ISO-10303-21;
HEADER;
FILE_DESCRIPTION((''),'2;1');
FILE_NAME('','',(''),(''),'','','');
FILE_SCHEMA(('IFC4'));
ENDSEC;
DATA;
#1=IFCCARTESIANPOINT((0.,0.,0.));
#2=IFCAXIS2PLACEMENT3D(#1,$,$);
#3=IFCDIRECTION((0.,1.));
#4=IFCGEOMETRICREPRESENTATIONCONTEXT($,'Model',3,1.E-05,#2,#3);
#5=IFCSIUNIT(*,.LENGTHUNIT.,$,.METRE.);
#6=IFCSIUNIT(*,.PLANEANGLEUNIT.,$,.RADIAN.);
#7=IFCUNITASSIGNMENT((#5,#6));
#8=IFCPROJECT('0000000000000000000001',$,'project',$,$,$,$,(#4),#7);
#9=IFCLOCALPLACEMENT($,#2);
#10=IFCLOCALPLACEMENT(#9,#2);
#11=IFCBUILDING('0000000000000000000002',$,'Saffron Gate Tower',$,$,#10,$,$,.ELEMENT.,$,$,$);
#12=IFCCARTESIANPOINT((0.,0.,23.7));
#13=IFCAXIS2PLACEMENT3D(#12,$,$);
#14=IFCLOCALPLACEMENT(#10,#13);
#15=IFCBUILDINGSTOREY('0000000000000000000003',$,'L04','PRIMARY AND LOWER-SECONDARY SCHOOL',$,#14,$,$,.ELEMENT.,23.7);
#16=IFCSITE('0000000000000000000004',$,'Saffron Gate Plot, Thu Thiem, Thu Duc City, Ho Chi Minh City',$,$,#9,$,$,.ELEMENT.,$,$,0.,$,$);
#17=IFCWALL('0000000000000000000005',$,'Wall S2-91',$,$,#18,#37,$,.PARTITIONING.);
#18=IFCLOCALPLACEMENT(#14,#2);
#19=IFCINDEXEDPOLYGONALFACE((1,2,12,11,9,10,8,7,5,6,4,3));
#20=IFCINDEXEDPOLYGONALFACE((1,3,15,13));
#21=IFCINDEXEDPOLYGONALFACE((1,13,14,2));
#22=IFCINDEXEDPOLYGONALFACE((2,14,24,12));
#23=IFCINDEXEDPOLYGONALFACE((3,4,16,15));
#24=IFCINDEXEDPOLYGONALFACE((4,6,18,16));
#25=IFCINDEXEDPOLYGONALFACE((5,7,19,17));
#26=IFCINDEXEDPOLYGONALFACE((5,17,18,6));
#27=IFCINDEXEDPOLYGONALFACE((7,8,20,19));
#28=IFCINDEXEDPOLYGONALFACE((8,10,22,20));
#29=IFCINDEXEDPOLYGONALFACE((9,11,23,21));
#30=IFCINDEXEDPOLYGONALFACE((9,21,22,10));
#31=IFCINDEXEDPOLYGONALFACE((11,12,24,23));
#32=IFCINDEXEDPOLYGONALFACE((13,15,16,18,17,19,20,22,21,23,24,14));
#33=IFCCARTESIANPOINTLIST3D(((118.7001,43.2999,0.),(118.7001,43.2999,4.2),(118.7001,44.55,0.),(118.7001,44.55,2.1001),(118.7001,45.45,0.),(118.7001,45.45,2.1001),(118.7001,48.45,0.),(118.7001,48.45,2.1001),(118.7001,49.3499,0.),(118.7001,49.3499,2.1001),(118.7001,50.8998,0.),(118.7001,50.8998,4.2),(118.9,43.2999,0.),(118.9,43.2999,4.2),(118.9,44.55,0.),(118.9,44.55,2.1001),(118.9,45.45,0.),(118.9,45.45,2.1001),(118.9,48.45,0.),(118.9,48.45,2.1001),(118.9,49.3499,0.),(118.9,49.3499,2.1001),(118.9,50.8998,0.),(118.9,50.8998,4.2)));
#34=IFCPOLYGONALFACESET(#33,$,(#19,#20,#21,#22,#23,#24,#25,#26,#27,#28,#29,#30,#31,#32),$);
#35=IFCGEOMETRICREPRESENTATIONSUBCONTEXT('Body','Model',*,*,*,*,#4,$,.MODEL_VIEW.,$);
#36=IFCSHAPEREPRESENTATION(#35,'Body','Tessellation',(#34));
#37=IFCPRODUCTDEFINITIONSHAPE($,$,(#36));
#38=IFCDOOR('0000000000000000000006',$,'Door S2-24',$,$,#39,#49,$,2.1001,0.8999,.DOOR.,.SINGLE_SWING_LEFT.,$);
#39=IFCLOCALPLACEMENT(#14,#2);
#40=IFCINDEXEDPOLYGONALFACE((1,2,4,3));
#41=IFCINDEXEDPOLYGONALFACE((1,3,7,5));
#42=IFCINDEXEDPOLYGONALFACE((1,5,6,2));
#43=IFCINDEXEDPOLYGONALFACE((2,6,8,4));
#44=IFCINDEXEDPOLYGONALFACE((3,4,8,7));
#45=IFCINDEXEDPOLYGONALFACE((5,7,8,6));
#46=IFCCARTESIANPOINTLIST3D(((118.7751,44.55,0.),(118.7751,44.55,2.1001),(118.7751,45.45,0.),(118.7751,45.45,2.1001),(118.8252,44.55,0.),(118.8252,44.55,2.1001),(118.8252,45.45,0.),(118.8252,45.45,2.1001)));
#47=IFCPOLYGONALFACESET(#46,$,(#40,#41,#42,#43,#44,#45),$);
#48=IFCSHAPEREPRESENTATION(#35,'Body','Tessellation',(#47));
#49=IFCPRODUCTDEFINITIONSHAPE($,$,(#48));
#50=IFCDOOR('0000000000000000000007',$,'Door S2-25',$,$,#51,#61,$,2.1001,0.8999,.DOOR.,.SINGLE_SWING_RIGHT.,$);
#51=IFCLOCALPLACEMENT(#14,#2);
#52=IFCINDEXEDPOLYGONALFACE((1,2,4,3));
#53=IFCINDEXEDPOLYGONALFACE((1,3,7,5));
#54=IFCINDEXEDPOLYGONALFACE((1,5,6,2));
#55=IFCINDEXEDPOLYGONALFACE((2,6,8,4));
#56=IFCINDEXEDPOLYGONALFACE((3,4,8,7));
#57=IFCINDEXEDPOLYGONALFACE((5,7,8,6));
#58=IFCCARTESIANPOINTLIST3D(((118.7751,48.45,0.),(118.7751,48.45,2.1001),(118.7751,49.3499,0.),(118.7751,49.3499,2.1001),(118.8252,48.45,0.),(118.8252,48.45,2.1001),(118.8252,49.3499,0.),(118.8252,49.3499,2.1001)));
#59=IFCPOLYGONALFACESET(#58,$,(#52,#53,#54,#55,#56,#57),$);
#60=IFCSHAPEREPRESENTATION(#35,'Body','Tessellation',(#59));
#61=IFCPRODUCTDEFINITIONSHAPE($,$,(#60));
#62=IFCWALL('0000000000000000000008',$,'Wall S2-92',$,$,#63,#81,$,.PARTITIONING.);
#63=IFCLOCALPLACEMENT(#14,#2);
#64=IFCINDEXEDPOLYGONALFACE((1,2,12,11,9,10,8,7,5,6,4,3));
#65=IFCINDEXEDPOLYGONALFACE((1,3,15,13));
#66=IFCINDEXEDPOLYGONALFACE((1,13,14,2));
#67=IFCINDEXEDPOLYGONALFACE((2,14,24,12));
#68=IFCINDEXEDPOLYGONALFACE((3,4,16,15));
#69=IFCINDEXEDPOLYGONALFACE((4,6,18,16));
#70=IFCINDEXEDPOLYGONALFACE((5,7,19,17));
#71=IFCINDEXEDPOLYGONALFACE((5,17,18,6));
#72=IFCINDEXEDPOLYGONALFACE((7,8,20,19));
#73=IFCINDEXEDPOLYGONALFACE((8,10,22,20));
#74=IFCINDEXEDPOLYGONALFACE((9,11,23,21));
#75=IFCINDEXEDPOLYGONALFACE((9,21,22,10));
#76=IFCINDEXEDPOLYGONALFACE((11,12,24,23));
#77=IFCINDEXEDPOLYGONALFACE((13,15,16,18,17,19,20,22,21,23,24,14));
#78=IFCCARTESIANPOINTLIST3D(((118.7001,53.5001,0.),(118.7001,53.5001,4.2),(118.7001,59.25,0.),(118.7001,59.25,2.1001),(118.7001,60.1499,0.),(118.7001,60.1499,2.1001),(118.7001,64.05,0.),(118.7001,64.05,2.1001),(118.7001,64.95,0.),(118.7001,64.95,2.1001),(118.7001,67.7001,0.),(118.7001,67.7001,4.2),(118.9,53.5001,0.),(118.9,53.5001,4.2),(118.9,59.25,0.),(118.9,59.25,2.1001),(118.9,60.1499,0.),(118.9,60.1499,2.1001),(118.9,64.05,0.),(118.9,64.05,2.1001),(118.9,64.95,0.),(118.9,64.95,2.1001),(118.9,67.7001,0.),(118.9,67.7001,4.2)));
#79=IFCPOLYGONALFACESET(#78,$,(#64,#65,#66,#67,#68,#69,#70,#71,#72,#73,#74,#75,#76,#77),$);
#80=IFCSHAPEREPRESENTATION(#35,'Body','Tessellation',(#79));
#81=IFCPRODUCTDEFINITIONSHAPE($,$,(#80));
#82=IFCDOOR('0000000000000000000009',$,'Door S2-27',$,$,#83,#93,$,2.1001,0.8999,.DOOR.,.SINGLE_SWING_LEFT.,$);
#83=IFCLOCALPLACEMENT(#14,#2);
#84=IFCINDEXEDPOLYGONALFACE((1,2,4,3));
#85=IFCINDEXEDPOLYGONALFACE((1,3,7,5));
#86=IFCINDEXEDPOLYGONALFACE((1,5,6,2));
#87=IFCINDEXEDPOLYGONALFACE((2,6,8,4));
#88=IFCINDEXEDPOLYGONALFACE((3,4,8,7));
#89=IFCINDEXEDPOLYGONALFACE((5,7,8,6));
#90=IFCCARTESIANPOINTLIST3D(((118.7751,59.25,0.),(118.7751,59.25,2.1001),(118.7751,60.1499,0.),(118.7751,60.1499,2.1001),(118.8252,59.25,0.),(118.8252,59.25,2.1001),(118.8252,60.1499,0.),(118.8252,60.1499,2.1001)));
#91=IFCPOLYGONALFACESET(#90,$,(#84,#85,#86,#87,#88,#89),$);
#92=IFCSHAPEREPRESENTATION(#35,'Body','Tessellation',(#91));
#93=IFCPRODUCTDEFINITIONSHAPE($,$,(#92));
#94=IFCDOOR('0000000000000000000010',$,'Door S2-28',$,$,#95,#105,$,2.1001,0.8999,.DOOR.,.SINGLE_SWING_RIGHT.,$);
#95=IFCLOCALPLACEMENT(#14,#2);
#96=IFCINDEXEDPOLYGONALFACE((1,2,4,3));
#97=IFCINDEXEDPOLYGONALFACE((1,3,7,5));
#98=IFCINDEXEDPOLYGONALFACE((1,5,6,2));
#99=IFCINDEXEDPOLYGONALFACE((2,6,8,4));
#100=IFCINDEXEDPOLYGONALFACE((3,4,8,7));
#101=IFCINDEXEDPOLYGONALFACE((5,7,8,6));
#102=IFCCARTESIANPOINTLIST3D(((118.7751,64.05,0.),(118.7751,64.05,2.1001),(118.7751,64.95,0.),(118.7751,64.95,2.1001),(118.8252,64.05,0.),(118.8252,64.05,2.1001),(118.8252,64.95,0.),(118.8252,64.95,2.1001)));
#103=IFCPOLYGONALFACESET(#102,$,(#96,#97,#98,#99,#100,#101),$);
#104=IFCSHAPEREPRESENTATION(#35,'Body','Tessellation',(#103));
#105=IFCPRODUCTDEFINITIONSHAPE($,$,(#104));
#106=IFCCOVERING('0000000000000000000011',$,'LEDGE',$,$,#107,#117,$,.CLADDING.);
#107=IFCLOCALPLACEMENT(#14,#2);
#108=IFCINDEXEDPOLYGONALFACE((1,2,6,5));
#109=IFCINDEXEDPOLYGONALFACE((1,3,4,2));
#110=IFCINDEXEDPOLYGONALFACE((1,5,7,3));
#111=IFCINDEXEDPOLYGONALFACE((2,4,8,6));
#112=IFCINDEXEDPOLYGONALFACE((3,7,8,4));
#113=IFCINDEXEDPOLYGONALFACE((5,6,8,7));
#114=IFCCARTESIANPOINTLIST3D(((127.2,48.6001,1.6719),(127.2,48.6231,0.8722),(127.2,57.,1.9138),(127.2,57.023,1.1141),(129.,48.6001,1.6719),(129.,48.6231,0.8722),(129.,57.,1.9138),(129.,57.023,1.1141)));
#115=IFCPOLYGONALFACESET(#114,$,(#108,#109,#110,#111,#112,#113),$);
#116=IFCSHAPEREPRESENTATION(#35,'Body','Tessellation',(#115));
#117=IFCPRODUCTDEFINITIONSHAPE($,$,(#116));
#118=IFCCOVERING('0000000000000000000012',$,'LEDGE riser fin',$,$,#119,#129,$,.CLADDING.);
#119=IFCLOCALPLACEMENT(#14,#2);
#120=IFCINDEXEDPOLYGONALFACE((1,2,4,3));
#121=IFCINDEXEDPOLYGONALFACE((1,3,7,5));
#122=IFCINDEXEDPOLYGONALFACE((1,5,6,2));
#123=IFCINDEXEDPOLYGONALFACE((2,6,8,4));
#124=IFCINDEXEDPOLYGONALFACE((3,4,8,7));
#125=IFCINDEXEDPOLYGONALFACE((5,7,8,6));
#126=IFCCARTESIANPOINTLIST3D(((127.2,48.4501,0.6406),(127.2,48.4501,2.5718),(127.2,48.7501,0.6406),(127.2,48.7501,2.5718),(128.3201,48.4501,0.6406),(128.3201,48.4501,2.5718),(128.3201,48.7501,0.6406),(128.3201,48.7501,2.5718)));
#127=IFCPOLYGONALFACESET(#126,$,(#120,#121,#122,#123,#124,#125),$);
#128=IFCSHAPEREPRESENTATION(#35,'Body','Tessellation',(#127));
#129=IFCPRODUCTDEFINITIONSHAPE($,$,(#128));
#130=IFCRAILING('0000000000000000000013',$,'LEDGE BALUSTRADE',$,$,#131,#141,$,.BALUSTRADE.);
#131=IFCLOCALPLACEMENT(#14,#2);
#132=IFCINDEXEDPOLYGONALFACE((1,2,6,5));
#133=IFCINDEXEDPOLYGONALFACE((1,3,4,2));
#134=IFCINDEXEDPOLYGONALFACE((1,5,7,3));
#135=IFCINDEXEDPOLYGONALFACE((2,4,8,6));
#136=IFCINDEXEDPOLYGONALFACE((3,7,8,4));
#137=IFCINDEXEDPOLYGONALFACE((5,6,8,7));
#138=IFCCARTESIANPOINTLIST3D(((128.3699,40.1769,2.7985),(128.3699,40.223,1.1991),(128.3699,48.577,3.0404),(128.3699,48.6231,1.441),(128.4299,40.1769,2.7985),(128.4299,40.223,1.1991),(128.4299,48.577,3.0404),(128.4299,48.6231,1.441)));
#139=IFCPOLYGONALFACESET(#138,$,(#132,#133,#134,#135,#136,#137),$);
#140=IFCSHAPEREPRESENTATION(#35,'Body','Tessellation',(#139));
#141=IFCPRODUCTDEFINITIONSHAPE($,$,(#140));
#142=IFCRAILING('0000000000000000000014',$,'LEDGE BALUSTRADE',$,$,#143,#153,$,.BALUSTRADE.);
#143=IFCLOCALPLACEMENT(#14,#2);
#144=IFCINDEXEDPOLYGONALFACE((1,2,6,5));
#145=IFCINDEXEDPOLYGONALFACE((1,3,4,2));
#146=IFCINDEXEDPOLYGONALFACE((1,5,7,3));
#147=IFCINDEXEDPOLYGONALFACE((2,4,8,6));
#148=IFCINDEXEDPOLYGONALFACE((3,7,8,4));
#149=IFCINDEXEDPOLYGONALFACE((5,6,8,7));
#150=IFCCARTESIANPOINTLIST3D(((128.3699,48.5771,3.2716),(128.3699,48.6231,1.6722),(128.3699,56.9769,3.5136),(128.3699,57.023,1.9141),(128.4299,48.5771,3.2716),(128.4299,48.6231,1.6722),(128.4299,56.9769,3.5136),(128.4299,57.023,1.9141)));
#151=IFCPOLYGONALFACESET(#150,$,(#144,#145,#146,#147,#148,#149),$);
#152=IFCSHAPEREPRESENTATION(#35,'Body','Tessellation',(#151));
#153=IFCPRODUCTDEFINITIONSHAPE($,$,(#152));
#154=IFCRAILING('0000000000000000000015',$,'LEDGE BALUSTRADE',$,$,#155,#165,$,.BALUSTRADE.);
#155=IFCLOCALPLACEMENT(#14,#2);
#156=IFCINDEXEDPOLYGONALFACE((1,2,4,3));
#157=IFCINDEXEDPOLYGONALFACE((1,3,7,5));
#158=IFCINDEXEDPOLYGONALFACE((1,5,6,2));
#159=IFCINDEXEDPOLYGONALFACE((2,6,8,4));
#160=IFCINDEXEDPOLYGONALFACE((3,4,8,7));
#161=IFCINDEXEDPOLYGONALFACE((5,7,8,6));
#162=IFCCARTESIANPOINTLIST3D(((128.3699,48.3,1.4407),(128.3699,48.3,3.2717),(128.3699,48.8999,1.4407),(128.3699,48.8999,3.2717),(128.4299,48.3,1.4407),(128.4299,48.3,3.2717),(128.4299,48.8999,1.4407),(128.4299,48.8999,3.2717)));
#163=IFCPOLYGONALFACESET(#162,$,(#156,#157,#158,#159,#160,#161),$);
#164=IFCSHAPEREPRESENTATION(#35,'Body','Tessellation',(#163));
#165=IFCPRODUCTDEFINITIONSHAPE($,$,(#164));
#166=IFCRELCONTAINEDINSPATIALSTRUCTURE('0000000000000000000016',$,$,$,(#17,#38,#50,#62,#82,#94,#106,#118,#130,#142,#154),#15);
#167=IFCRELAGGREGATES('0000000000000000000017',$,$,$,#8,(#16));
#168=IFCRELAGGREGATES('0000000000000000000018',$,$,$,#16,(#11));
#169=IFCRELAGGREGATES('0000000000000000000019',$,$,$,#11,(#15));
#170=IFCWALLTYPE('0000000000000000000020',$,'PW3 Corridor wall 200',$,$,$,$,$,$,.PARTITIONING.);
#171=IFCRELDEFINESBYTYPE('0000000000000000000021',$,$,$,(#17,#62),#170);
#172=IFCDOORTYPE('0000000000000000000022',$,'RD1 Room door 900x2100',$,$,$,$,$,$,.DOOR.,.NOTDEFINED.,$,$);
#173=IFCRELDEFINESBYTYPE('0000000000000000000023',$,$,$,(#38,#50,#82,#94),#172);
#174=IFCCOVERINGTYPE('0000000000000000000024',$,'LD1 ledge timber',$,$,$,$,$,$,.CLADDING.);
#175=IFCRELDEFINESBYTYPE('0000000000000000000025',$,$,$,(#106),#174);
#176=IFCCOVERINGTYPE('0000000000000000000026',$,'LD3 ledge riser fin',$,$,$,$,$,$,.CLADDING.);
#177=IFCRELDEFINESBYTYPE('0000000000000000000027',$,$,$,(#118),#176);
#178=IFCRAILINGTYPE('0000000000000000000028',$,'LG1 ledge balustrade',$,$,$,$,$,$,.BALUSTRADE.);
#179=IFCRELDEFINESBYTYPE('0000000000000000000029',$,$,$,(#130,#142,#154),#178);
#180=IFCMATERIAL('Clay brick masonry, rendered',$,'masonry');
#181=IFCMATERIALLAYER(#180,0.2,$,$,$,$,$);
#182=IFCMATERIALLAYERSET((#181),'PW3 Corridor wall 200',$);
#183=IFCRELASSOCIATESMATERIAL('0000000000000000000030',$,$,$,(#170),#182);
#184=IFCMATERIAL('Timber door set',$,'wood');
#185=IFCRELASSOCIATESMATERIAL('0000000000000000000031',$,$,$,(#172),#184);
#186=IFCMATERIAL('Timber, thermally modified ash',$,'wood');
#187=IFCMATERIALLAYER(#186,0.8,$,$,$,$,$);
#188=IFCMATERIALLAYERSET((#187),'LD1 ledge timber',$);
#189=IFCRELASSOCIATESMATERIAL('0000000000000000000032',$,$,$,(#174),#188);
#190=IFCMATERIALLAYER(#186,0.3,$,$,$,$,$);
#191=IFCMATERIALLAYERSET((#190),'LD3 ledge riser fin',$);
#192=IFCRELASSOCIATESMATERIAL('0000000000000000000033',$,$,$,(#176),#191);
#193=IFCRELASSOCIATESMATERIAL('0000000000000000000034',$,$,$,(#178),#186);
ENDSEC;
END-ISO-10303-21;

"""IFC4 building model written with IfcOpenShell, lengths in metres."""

from ifc_helpers import new_model, si_unit, direction, frame, frame_2d, origin, origin_2d, place, context, subcontext, project, spatial, polyline, rectangle, outline, extrude, material, layer, layer_set, type_object, element, fill, save


model = new_model("IFC4")

# Units and contexts
model_context = context("Model", 3, precision=1e-05, world=origin(), true_north=direction((0.0, 1.0)))
body_context = subcontext(model_context, "Body", "Model", "MODEL_VIEW")
ifc_project = project(units=[si_unit("LENGTHUNIT", "METRE"), si_unit("PLANEANGLEUNIT", "RADIAN")], contexts=[model_context])

# Site, building, storey
site_placement = place(None, origin())
site = spatial("IfcSite", under=ifc_project, at=site_placement, Name="Saffron Gate Plot, Thu Thiem, Thu Duc City, Ho Chi Minh City", CompositionType="ELEMENT", RefElevation=0.0)
building_placement = place(site_placement, origin())
building = spatial("IfcBuilding", under=site, at=building_placement, Name="Saffron Gate Tower", CompositionType="ELEMENT")
storey_placement = place(building_placement, frame((0.0, 0.0, 23.7)))
storey = spatial("IfcBuildingStorey", under=building, at=storey_placement, Name="L04", Description="PRIMARY AND LOWER-SECONDARY SCHOOL", CompositionType="ELEMENT", Elevation=23.7)

# Shared definitions
ifc_material_1 = material(Name="Clay brick masonry, rendered", Category="masonry")
ifc_layer_1 = layer(ifc_material_1, 0.2)
ifc_layer_set_1 = layer_set([ifc_layer_1], Name="PW3 Corridor wall 200")
wall_type = type_object("IfcWallType", Name="PW3 Corridor wall 200", PredefinedType="PARTITIONING", material=ifc_layer_set_1)

# Walls, openings, doors
wall_1_placement = place(storey_placement, frame((118.8, 43.3, 0.0), z_axis=(0.0, 0.0, 1.0), x_axis=(0.0, 1.0, 0.0)))
wall_1 = element("IfcWall", 1, at=wall_1_placement, inside=storey, type_object=wall_type, Name="Wall S2-91", PredefinedType="PARTITIONING", context=body_context, shape_type="SweptSolid", body=[
    extrude(rectangle(XDim=7.5999, YDim=0.2, at=frame_2d((3.7998, 0.0))), origin(), (0.0, 0.0, 1.0), 4.2),
])
opening_1_placement = place(wall_1_placement, frame((1.25, 0.0, 0.0)))
opening_1 = element("IfcOpeningElement", 2, at=opening_1_placement, cuts=wall_1, PredefinedType="OPENING", context=body_context, shape_type="SweptSolid", body=[
    extrude(rectangle(XDim=0.8999, YDim=2.1001, at=frame_2d((0.45, 1.05))), frame((0.0, 0.1099, 0.0), z_axis=(0.0, -1.0, 0.0), x_axis=(1.0, 0.0, 0.0)), (0.0, 0.0, 1.0), 0.22),
])
opening_2_placement = place(wall_1_placement, frame((5.1499, 0.0, 0.0)))
opening_2 = element("IfcOpeningElement", 3, at=opening_2_placement, cuts=wall_1, PredefinedType="OPENING", context=body_context, shape_type="SweptSolid", body=[
    extrude(rectangle(XDim=0.8999, YDim=2.1001, at=frame_2d((0.45, 1.05))), frame((0.0, 0.1099, 0.0), z_axis=(0.0, -1.0, 0.0), x_axis=(1.0, 0.0, 0.0)), (0.0, 0.0, 1.0), 0.22),
])
ifc_material_2 = material(Name="Timber door set", Category="wood")
door_type = type_object("IfcDoorType", Name="RD1 Room door 900x2100", OperationType="NOTDEFINED", PredefinedType="DOOR", material=ifc_material_2)
door_1_placement = place(opening_1_placement, origin())
door_1 = element("IfcDoor", 4, at=door_1_placement, inside=storey, type_object=door_type, Name="Door S2-24", OperationType="SINGLE_SWING_LEFT", OverallHeight=2.1001, OverallWidth=0.8999, PredefinedType="DOOR", context=body_context, shape_type="SweptSolid", body=[
    extrude(rectangle(XDim=0.8999, YDim=2.1001, at=frame_2d((0.45, 1.05))), frame((0.0, 0.0249, 0.0), z_axis=(0.0, -1.0, 0.0), x_axis=(1.0, 0.0, 0.0)), (0.0, 0.0, 1.0), 0.05),
])
fill(opening_1, door_1)
door_2_placement = place(opening_2_placement, origin())
door_2 = element("IfcDoor", 5, at=door_2_placement, inside=storey, type_object=door_type, Name="Door S2-25", OperationType="SINGLE_SWING_RIGHT", OverallHeight=2.1001, OverallWidth=0.8999, PredefinedType="DOOR", context=body_context, shape_type="SweptSolid", body=[
    extrude(rectangle(XDim=0.8999, YDim=2.1001, at=frame_2d((0.45, 1.05))), frame((0.0, 0.0249, 0.0), z_axis=(0.0, -1.0, 0.0), x_axis=(1.0, 0.0, 0.0)), (0.0, 0.0, 1.0), 0.05),
])
fill(opening_2, door_2)
wall_2_placement = place(storey_placement, frame((118.8, 53.5, 0.0), z_axis=(0.0, 0.0, 1.0), x_axis=(0.0, 1.0, 0.0)))
wall_2 = element("IfcWall", 6, at=wall_2_placement, inside=storey, type_object=wall_type, Name="Wall S2-92", PredefinedType="PARTITIONING", context=body_context, shape_type="SweptSolid", body=[
    extrude(rectangle(XDim=14.2, YDim=0.2, at=frame_2d((7.1001, 0.0))), origin(), (0.0, 0.0, 1.0), 4.2),
])
opening_3_placement = place(wall_2_placement, frame((5.75, 0.0, 0.0)))
opening_3 = element("IfcOpeningElement", 7, at=opening_3_placement, cuts=wall_2, PredefinedType="OPENING", context=body_context, shape_type="SweptSolid", body=[
    extrude(rectangle(XDim=0.8999, YDim=2.1001, at=frame_2d((0.45, 1.05))), frame((0.0, 0.1099, 0.0), z_axis=(0.0, -1.0, 0.0), x_axis=(1.0, 0.0, 0.0)), (0.0, 0.0, 1.0), 0.22),
])
opening_4_placement = place(wall_2_placement, frame((10.55, 0.0, 0.0)))
opening_4 = element("IfcOpeningElement", 8, at=opening_4_placement, cuts=wall_2, PredefinedType="OPENING", context=body_context, shape_type="SweptSolid", body=[
    extrude(rectangle(XDim=0.8999, YDim=2.1001, at=frame_2d((0.45, 1.05))), frame((0.0, 0.1099, 0.0), z_axis=(0.0, -1.0, 0.0), x_axis=(1.0, 0.0, 0.0)), (0.0, 0.0, 1.0), 0.22),
])
door_3_placement = place(opening_3_placement, origin())
door_3 = element("IfcDoor", 9, at=door_3_placement, inside=storey, type_object=door_type, Name="Door S2-27", OperationType="SINGLE_SWING_LEFT", OverallHeight=2.1001, OverallWidth=0.8999, PredefinedType="DOOR", context=body_context, shape_type="SweptSolid", body=[
    extrude(rectangle(XDim=0.8999, YDim=2.1001, at=frame_2d((0.45, 1.05))), frame((0.0, 0.0249, 0.0), z_axis=(0.0, -1.0, 0.0), x_axis=(1.0, 0.0, 0.0)), (0.0, 0.0, 1.0), 0.05),
])
fill(opening_3, door_3)
door_4_placement = place(opening_4_placement, origin())
door_4 = element("IfcDoor", 10, at=door_4_placement, inside=storey, type_object=door_type, Name="Door S2-28", OperationType="SINGLE_SWING_RIGHT", OverallHeight=2.1001, OverallWidth=0.8999, PredefinedType="DOOR", context=body_context, shape_type="SweptSolid", body=[
    extrude(rectangle(XDim=0.8999, YDim=2.1001, at=frame_2d((0.45, 1.05))), frame((0.0, 0.0249, 0.0), z_axis=(0.0, -1.0, 0.0), x_axis=(1.0, 0.0, 0.0)), (0.0, 0.0, 1.0), 0.05),
])
fill(opening_4, door_4)

# Coverings
ifc_material_3 = material(Name="Timber, thermally modified ash", Category="wood")
ifc_layer_2 = layer(ifc_material_3, 0.8)
ifc_layer_set_2 = layer_set([ifc_layer_2], Name="LD1 ledge timber")
covering_type_1 = type_object("IfcCoveringType", Name="LD1 ledge timber", PredefinedType="CLADDING", material=ifc_layer_set_2)
covering_1_placement = place(storey_placement, frame((127.2, 48.6001, 1.6719), z_axis=(0.0, -0.028791, 0.999585), x_axis=(0.0, 0.999585, 0.028791)))
element("IfcCovering", 11, at=covering_1_placement, inside=storey, type_object=covering_type_1, Name="LEDGE", PredefinedType="CLADDING", context=body_context, shape_type="SweptSolid", body=[
    extrude(outline(polyline([(0.0, 0.0), (8.4034, 0.0), (8.4034, -1.8), (0.0, -1.8), (0.0, 0.0)])), origin(), (0.0, 0.0, -1.0), 0.8),
])
ifc_layer_3 = layer(ifc_material_3, 0.3)
ifc_layer_set_3 = layer_set([ifc_layer_3], Name="LD3 ledge riser fin")
covering_type_2 = type_object("IfcCoveringType", Name="LD3 ledge riser fin", PredefinedType="CLADDING", material=ifc_layer_set_3)
covering_2_placement = place(storey_placement, frame((127.76, 48.6001, 0.6406), z_axis=(0.0, 0.0, 1.0), x_axis=(0.0, 1.0, 0.0)))
element("IfcCovering", 12, at=covering_2_placement, inside=storey, type_object=covering_type_2, Name="LEDGE riser fin", PredefinedType="CLADDING", context=body_context, shape_type="SweptSolid", body=[
    extrude(rectangle(XDim=0.3, YDim=1.1201, at=origin_2d()), origin(), (0.0, 0.0, 1.0), 1.9312),
])

# Railings
railing_type = type_object("IfcRailingType", Name="LG1 ledge balustrade", PredefinedType="BALUSTRADE", material=ifc_material_3)
railing_1_placement = place(storey_placement, frame((128.3999, 40.2, 1.1987)))
element("IfcRailing", 13, at=railing_1_placement, inside=storey, type_object=railing_type, Name="LEDGE BALUSTRADE", PredefinedType="BALUSTRADE", context=body_context, shape_type="SweptSolid", body=[
    extrude(rectangle(XDim=0.0601, YDim=1.6001, at=origin_2d()), frame((0.0, 0.0, 0.8), z_axis=(0.0, 0.999585, 0.02879), x_axis=(-1.0, 0.0, 0.0)), (0.0, 0.0, 1.0), 8.4036),
])
railing_2_placement = place(storey_placement, frame((128.3999, 48.6001, 1.6719)))
element("IfcRailing", 14, at=railing_2_placement, inside=storey, type_object=railing_type, Name="LEDGE BALUSTRADE", PredefinedType="BALUSTRADE", context=body_context, shape_type="SweptSolid", body=[
    extrude(rectangle(XDim=0.0601, YDim=1.6001, at=origin_2d()), frame((0.0, 0.0, 0.8), z_axis=(0.0, 0.999585, 0.028791), x_axis=(-1.0, 0.0, 0.0)), (0.0, 0.0, 1.0), 8.4033),
])
railing_3_placement = place(storey_placement, frame((128.3999, 48.3, 1.4407)))
element("IfcRailing", 15, at=railing_3_placement, inside=storey, type_object=railing_type, Name="LEDGE BALUSTRADE", PredefinedType="BALUSTRADE", context=body_context, shape_type="SweptSolid", body=[
    extrude(rectangle(XDim=0.0601, YDim=1.8311, at=origin_2d()), frame((0.0, 0.0, 0.9155), z_axis=(0.0, 1.0, 0.0), x_axis=(-1.0, 0.0, 0.0)), (0.0, 0.0, 1.0), 0.5999),
])

save(model, "model.ifc")
